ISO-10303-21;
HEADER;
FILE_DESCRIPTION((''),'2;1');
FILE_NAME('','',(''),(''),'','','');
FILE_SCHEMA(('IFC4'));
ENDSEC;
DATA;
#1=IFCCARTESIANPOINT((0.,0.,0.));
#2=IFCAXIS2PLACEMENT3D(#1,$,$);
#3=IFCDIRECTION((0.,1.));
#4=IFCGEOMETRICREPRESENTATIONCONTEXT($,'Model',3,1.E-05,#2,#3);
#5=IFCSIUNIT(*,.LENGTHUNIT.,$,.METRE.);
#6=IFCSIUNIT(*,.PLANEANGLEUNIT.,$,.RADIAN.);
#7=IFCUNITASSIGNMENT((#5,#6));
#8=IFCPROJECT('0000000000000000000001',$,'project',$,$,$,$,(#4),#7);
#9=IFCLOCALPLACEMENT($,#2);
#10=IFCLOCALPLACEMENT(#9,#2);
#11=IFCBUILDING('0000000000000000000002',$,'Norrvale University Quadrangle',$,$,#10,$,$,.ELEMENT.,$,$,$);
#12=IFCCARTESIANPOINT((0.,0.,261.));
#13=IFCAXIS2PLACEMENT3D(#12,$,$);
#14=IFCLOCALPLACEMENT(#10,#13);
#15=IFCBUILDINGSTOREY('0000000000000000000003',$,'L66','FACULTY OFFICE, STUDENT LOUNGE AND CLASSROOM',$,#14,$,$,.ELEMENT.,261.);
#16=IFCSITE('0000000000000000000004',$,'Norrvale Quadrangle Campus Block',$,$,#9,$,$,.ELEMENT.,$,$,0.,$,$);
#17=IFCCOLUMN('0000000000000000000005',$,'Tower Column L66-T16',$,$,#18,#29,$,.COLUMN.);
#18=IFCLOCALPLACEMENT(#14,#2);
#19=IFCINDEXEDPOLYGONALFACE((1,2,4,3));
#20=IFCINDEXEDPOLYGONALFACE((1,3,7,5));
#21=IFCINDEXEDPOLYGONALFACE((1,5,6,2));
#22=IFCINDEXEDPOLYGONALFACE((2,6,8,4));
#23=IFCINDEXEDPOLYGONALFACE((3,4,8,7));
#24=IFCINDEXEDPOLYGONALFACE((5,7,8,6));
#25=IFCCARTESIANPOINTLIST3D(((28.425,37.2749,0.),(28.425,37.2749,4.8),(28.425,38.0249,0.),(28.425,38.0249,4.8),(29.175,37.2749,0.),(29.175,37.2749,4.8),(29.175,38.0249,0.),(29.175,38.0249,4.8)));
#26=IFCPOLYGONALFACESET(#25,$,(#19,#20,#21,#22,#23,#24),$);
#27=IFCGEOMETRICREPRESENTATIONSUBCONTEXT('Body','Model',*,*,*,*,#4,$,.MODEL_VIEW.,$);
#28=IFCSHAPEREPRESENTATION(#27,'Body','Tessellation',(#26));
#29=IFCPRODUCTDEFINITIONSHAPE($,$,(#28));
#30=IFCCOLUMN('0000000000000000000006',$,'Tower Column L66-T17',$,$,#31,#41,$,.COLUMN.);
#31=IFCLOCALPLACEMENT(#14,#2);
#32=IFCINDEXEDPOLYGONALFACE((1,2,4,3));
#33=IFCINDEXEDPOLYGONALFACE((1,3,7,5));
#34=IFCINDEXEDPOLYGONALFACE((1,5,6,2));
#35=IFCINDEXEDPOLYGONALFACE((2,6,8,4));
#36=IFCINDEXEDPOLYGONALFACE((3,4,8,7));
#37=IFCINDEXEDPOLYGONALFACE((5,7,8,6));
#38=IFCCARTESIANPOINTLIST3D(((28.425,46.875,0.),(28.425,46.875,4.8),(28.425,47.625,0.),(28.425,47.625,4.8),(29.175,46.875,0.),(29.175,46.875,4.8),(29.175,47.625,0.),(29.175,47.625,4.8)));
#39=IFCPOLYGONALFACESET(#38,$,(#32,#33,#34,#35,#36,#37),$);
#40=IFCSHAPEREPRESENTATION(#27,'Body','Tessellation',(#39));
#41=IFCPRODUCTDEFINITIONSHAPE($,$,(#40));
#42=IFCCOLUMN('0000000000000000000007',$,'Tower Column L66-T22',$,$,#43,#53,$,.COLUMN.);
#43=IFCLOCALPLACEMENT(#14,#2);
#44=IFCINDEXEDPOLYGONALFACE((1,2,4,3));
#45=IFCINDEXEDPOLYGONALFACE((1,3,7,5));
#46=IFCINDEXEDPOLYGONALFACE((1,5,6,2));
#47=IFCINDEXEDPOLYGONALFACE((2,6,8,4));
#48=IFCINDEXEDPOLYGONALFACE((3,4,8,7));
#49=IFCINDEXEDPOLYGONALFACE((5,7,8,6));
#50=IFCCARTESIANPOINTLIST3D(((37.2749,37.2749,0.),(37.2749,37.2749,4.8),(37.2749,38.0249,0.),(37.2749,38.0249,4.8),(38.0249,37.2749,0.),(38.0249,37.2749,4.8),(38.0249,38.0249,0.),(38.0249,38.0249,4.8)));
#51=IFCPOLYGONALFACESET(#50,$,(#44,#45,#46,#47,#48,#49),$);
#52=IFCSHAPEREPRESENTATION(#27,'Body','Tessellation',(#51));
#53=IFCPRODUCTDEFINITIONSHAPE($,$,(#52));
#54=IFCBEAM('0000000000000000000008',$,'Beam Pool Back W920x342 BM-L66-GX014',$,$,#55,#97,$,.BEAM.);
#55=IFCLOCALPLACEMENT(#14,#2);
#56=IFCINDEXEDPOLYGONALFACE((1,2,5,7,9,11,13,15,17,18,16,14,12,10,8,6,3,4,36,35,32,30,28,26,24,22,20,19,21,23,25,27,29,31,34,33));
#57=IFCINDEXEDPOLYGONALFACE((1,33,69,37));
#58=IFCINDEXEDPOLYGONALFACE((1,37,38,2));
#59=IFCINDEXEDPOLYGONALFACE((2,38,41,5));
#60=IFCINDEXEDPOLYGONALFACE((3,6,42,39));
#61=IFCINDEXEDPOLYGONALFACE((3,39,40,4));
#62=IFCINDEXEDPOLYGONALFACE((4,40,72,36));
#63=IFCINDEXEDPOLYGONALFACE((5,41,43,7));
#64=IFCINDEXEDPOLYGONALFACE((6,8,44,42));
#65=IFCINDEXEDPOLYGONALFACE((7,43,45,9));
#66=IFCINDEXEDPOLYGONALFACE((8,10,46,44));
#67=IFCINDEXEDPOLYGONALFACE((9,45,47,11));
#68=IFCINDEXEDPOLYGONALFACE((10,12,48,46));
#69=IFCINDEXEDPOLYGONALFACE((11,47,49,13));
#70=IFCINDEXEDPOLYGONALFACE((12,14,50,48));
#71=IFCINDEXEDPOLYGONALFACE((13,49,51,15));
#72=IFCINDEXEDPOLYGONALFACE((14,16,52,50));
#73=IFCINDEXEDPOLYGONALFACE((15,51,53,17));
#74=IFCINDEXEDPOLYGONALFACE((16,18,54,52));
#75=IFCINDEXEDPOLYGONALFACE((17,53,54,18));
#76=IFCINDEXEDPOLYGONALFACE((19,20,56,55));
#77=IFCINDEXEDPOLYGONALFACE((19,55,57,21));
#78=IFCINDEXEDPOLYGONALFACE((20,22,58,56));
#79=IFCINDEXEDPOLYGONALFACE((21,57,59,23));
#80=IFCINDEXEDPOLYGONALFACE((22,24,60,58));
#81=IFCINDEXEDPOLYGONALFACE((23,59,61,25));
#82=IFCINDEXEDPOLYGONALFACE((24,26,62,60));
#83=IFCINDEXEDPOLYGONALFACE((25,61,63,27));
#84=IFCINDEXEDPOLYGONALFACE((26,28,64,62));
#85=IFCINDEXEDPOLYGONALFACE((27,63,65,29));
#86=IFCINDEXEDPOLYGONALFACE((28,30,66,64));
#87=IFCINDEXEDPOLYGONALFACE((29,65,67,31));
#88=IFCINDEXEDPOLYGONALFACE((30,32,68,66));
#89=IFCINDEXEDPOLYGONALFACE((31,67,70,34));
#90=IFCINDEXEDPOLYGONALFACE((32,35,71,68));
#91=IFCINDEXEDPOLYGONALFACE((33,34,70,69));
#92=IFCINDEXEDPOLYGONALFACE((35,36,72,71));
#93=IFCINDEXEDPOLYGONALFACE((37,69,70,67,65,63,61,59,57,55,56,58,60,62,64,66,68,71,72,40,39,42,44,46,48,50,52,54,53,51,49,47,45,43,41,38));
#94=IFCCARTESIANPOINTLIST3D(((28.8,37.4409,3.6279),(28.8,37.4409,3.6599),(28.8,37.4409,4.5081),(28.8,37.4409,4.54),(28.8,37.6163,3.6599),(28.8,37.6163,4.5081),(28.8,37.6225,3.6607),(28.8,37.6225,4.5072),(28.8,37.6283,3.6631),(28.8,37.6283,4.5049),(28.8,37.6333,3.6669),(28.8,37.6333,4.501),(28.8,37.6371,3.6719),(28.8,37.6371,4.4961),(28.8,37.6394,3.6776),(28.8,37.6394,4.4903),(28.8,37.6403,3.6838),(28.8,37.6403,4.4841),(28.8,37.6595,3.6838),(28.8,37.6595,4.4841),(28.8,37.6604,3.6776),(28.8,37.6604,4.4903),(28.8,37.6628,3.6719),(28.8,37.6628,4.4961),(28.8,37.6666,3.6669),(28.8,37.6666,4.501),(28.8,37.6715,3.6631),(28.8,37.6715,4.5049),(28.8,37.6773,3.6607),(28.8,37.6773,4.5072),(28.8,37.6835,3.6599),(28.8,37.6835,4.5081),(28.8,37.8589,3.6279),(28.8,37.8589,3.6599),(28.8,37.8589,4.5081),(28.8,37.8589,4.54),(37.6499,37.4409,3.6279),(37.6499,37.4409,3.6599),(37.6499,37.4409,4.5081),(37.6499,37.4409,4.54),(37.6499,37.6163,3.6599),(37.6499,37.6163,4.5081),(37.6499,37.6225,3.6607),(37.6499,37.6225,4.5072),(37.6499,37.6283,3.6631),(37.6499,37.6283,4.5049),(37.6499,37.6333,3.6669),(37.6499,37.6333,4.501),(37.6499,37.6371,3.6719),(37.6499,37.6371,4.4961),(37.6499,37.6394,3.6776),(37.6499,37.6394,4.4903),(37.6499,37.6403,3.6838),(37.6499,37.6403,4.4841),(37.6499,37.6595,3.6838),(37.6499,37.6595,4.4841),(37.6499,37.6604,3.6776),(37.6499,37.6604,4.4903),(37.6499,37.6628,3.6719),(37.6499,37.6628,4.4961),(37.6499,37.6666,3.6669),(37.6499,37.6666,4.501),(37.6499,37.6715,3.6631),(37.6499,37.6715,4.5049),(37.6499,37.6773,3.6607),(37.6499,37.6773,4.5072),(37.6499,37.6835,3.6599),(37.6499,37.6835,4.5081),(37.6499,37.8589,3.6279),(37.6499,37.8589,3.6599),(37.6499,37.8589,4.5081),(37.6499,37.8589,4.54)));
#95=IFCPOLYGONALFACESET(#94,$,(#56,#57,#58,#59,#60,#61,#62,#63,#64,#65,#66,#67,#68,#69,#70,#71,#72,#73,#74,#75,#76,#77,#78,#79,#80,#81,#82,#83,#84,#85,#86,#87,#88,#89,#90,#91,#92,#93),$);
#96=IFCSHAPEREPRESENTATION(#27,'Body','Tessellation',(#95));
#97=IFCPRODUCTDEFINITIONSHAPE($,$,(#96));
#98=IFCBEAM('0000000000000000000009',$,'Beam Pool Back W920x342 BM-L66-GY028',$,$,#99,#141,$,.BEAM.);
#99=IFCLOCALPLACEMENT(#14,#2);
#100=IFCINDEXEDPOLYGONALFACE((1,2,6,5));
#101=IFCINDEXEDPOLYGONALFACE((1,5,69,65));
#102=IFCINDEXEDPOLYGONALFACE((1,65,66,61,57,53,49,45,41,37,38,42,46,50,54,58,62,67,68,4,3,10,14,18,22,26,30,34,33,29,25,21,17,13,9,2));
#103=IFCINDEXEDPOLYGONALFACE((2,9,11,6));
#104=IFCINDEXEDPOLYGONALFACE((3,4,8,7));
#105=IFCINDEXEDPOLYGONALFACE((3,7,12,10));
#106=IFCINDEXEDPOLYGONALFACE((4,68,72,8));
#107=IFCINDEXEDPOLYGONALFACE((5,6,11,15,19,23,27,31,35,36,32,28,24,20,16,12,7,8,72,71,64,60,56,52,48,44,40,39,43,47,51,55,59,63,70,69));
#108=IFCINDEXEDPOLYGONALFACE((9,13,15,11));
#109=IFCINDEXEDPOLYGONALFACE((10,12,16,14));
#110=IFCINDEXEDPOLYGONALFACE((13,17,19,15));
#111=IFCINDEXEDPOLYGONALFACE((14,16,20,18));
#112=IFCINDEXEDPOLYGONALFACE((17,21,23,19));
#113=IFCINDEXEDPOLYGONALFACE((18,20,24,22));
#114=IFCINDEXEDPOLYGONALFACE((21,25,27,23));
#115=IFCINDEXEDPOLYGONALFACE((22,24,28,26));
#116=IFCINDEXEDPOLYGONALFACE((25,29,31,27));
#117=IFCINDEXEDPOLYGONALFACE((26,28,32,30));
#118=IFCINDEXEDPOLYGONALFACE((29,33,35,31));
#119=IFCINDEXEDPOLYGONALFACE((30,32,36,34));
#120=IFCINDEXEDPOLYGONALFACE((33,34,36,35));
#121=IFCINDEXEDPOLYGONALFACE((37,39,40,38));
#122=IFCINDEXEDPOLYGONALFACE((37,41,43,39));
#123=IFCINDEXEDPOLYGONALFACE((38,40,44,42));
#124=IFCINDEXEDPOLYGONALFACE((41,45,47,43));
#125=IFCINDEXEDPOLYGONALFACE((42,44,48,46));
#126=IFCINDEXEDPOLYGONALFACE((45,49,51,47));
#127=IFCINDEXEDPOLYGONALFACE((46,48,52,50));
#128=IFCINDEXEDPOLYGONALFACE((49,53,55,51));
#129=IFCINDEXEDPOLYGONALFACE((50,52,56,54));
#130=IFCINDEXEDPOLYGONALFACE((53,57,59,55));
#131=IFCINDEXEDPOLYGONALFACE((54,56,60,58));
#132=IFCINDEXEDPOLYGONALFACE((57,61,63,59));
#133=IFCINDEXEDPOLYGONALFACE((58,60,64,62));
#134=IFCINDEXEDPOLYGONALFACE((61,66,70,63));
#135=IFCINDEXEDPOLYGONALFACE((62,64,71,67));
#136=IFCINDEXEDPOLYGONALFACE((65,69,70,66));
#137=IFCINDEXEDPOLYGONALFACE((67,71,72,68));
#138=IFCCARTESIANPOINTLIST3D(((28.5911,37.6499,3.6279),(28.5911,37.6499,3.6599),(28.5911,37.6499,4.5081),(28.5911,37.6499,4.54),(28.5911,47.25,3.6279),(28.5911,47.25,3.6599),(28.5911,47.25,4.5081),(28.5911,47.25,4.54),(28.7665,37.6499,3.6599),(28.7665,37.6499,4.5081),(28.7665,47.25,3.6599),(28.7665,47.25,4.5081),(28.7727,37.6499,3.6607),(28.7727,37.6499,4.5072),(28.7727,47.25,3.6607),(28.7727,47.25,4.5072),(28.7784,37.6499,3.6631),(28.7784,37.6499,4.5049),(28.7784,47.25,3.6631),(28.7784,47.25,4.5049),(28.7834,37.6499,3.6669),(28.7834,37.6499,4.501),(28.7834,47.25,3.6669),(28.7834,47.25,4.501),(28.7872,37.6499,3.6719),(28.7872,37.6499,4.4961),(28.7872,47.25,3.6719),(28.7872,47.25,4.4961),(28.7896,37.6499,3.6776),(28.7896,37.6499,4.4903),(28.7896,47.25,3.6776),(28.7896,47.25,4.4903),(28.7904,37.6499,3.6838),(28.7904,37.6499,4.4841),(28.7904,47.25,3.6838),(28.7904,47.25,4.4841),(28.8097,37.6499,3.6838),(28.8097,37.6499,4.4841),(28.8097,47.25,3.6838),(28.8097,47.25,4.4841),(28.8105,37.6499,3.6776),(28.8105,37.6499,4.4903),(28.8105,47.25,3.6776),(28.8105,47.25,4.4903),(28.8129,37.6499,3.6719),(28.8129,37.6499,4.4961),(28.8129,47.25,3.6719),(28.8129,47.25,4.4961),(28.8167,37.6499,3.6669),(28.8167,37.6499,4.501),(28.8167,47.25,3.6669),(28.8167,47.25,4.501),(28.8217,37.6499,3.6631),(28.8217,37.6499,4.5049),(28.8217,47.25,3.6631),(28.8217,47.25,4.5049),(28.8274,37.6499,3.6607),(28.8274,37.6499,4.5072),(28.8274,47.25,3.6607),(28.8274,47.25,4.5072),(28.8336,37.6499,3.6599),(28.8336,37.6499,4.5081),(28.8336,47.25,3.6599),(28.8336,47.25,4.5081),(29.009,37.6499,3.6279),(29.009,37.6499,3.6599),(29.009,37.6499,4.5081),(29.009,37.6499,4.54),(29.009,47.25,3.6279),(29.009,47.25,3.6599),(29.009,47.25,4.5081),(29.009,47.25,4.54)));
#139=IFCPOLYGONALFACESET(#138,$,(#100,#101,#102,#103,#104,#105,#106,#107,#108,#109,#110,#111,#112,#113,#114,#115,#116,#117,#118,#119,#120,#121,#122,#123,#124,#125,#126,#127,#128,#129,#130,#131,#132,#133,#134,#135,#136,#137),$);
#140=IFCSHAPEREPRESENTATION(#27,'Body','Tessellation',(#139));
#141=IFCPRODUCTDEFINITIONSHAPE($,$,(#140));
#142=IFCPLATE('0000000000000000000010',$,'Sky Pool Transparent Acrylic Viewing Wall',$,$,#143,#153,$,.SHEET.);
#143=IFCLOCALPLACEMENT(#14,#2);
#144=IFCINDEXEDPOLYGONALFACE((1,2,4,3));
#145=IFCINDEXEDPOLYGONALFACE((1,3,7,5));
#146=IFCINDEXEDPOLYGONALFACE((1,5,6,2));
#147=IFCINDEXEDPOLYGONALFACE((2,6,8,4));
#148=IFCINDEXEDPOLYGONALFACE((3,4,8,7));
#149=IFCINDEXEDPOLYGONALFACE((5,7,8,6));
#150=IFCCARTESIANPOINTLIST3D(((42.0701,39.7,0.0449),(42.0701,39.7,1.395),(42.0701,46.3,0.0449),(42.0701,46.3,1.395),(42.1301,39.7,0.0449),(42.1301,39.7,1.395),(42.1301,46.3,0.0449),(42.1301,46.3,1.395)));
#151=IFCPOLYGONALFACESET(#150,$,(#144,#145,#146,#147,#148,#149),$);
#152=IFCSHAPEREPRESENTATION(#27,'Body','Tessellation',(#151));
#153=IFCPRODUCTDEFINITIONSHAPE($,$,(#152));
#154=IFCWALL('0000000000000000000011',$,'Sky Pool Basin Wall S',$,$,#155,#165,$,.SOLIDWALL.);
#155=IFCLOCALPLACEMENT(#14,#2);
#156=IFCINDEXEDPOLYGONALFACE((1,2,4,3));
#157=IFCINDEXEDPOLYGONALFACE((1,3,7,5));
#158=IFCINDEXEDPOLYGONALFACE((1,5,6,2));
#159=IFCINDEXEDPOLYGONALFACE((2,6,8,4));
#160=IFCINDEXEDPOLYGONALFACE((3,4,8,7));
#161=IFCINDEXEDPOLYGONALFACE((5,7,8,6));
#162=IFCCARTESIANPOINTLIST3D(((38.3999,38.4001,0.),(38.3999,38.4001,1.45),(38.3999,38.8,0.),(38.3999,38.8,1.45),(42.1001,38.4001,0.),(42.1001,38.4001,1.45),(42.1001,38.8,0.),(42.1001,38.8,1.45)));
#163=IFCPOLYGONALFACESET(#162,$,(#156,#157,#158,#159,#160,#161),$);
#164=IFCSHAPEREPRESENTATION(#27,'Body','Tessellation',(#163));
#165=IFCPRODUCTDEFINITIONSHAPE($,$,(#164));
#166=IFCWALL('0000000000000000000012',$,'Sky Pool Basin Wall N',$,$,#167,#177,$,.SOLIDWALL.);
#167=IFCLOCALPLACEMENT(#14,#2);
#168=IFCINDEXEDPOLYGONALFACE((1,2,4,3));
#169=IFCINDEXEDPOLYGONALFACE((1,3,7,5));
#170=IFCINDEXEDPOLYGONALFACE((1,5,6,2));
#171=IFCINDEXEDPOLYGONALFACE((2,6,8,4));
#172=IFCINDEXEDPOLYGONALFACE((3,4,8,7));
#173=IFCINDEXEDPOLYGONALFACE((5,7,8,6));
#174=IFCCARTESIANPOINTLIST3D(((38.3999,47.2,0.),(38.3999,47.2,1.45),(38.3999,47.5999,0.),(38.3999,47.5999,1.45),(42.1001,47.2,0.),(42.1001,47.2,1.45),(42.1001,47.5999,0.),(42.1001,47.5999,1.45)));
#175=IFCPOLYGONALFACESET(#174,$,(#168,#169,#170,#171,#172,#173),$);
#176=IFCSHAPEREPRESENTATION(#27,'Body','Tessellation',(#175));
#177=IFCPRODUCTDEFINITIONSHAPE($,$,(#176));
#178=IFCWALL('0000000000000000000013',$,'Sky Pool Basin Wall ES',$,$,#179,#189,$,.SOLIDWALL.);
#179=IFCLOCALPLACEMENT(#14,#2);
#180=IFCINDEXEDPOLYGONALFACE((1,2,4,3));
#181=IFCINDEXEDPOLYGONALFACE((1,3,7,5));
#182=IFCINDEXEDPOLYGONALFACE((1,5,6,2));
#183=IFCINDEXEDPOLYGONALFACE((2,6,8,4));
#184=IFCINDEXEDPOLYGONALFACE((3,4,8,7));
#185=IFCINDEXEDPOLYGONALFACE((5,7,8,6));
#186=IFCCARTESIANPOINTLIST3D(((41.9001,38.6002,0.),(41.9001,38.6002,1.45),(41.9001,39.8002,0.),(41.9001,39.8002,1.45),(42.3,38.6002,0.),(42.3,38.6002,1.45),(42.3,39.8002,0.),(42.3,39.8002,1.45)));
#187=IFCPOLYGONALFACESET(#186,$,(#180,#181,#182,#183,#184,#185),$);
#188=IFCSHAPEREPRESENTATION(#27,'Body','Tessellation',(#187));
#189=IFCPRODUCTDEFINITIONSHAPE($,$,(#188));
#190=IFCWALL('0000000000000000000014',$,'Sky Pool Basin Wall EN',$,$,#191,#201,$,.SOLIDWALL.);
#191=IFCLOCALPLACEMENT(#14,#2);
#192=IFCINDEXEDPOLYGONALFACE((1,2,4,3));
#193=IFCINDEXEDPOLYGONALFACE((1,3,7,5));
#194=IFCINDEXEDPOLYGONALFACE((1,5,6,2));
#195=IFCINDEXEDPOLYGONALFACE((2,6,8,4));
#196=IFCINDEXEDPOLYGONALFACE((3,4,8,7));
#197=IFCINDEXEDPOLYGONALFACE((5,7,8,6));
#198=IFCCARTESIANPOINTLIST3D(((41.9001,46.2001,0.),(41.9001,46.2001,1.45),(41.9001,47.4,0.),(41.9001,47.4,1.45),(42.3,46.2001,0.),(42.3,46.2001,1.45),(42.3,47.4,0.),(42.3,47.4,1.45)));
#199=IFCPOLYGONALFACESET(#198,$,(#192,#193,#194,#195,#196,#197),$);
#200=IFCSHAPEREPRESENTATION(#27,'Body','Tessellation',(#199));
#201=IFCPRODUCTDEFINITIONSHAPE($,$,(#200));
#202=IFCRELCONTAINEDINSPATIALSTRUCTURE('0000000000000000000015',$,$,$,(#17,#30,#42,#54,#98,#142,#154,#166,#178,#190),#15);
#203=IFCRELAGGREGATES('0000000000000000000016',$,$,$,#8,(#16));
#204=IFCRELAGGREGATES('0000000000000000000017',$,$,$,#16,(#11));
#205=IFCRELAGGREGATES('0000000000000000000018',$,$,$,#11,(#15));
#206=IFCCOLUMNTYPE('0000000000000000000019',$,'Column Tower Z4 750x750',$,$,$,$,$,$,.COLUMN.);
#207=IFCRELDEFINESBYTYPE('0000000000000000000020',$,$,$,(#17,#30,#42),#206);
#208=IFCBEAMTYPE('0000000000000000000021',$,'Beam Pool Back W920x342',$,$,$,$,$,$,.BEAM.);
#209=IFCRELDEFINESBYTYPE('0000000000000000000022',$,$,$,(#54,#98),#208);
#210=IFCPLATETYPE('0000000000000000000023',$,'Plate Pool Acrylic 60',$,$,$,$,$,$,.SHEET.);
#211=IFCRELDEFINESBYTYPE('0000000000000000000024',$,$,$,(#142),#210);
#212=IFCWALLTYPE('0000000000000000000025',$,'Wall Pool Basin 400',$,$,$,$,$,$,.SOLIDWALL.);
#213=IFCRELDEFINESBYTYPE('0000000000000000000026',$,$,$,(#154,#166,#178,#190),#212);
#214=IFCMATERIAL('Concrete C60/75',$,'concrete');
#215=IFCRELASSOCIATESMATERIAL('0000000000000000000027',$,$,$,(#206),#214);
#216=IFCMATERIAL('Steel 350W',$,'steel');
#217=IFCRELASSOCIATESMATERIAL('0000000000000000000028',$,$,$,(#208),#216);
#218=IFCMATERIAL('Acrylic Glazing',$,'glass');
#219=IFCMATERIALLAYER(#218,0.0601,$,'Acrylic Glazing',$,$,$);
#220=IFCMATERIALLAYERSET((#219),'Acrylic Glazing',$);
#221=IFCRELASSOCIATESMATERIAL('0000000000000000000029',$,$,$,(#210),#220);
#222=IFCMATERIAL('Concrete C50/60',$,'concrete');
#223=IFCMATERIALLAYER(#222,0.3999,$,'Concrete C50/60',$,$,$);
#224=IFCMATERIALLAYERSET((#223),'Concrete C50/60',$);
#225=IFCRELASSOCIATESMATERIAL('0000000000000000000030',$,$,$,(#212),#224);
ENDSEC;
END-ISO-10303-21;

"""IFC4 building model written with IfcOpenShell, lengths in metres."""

from ifc_helpers import new_model, si_unit, direction, frame, frame_2d, origin, origin_2d, place, context, subcontext, project, spatial, rectangle, i_section, extrude, material, layer, layer_set, material_profile, profile_set, type_object, element, save


model = new_model("IFC4")

# Units and contexts
model_context = context("Model", 3, precision=1e-05, world=origin(), true_north=direction((0.0, 1.0)))
body_context = subcontext(model_context, "Body", "Model", "MODEL_VIEW")
ifc_project = project(units=[si_unit("LENGTHUNIT", "METRE"), si_unit("PLANEANGLEUNIT", "RADIAN")], contexts=[model_context])

# Site, building, storey
site_placement = place(None, origin())
site = spatial("IfcSite", under=ifc_project, at=site_placement, Name="Norrvale Quadrangle Campus Block", CompositionType="ELEMENT", RefElevation=0.0)
building_placement = place(site_placement, origin())
building = spatial("IfcBuilding", under=site, at=building_placement, Name="Norrvale University Quadrangle", CompositionType="ELEMENT")
storey_placement = place(building_placement, frame((0.0, 0.0, 261.0)))
storey = spatial("IfcBuildingStorey", under=building, at=storey_placement, Name="L66", Description="FACULTY OFFICE, STUDENT LOUNGE AND CLASSROOM", CompositionType="ELEMENT", Elevation=261.0)

# Columns
ifc_material_1 = material(Name="Concrete C60/75", Category="concrete")
ifc_material_profile_1 = material_profile(ifc_material_1, rectangle(XDim=0.75, YDim=0.75, at=origin_2d()), Name="Concrete C60/75")
ifc_profile_set_1 = profile_set([ifc_material_profile_1], Name="Concrete C60/75")
column_type = type_object("IfcColumnType", Name="Column Tower Z4 750x750", PredefinedType="COLUMN", material=ifc_profile_set_1)
for number, where, z_axis, x_axis, name in (
    (1, (28.8, 37.6499, 0.0), (0.0, 0.0, 1.0), (1.0, 0.0, 0.0), "Tower Column L66-T16"),
    (2, (28.8, 47.25, 0.0), (0.0, 0.0, 1.0), (1.0, 0.0, 0.0), "Tower Column L66-T17"),
    (3, (37.6499, 37.6499, 0.0), (0.0, 0.0, 1.0), (1.0, 0.0, 0.0), "Tower Column L66-T22"),
):
    element("IfcColumn", number, at=place(storey_placement, frame(where, z_axis=z_axis, x_axis=x_axis)), inside=storey, type_object=column_type, Name=name, PredefinedType="COLUMN", context=body_context, shape_type="SweptSolid", body=[
        extrude(rectangle(XDim=0.75, YDim=0.75, at=origin_2d()), origin(), (0.0, 0.0, 1.0), 4.8),
    ])

# Beams
ifc_material_2 = material(Name="Steel 350W", Category="steel")
ifc_material_profile_2 = material_profile(ifc_material_2, i_section(OverallWidth=0.418, OverallDepth=0.9121, WebThickness=0.0193, FlangeThickness=0.032, FilletRadius=0.0239, at=origin_2d()), Name="Steel 350W")
ifc_profile_set_2 = profile_set([ifc_material_profile_2], Name="Steel 350W")
beam_type = type_object("IfcBeamType", Name="Beam Pool Back W920x342", PredefinedType="BEAM", material=ifc_profile_set_2)
beam_1_placement = place(storey_placement, frame((28.8, 37.6499, 4.084), z_axis=(1.0, 0.0, 0.0), x_axis=(0.0, 1.0, 0.0)))
element("IfcBeam", 4, at=beam_1_placement, inside=storey, type_object=beam_type, Name="Beam Pool Back W920x342 BM-L66-GX014", PredefinedType="BEAM", context=body_context, shape_type="SweptSolid", body=[
    extrude(i_section(OverallWidth=0.418, OverallDepth=0.9121, WebThickness=0.0193, FlangeThickness=0.032, FilletRadius=0.0239, at=origin_2d()), origin(), (0.0, 0.0, 1.0), 8.8499),
])
beam_2_placement = place(storey_placement, frame((28.8, 37.6499, 4.084), z_axis=(0.0, 1.0, 0.0), x_axis=(-1.0, 0.0, 0.0)))
element("IfcBeam", 5, at=beam_2_placement, inside=storey, type_object=beam_type, Name="Beam Pool Back W920x342 BM-L66-GY028", PredefinedType="BEAM", context=body_context, shape_type="SweptSolid", body=[
    extrude(i_section(OverallWidth=0.418, OverallDepth=0.9121, WebThickness=0.0193, FlangeThickness=0.032, FilletRadius=0.0239, at=origin_2d()), origin(), (0.0, 0.0, 1.0), 9.6001),
])

# Plate
ifc_material_3 = material(Name="Acrylic Glazing", Category="glass")
ifc_layer_1 = layer(ifc_material_3, 0.0601, Name="Acrylic Glazing")
ifc_layer_set_1 = layer_set([ifc_layer_1], Name="Acrylic Glazing")
plate_type = type_object("IfcPlateType", Name="Plate Pool Acrylic 60", PredefinedType="SHEET", material=ifc_layer_set_1)
plate_placement = place(storey_placement, frame((42.1001, 43.0, 0.0449), z_axis=(0.0, 0.0, 1.0), x_axis=(0.0, 1.0, 0.0)))
element("IfcPlate", 6, at=plate_placement, inside=storey, type_object=plate_type, Name="Sky Pool Transparent Acrylic Viewing Wall", PredefinedType="SHEET", context=body_context, shape_type="SweptSolid", body=[
    extrude(rectangle(XDim=6.6001, YDim=0.0601, at=origin_2d()), origin(), (0.0, 0.0, 1.0), 1.3501),
])

# Walls
ifc_material_4 = material(Name="Concrete C50/60", Category="concrete")
ifc_layer_2 = layer(ifc_material_4, 0.3999, Name="Concrete C50/60")
ifc_layer_set_2 = layer_set([ifc_layer_2], Name="Concrete C50/60")
wall_type_1 = type_object("IfcWallType", Name="Wall Pool Basin 400", PredefinedType="SOLIDWALL", material=ifc_layer_set_2)
for number, where, z_axis, x_axis, name in (
    (7, (38.3999, 38.6001, 0.0), (0.0, 0.0, 1.0), (1.0, 0.0, 0.0), "Sky Pool Basin Wall S"),
    (8, (38.3999, 47.3999, 0.0), (0.0, 0.0, 1.0), (1.0, 0.0, 0.0), "Sky Pool Basin Wall N"),
):
    element("IfcWall", number, at=place(storey_placement, frame(where, z_axis=z_axis, x_axis=x_axis)), inside=storey, type_object=wall_type_1, Name=name, PredefinedType="SOLIDWALL", context=body_context, shape_type="SweptSolid", body=[
        extrude(rectangle(XDim=3.7002, YDim=0.3999, at=frame_2d((1.8501, 0.0))), origin(), (0.0, 0.0, 1.0), 1.45),
    ])
for number, where, z_axis, x_axis, name in (
    (9, (42.1001, 38.6001, 0.0), (0.0, 0.0, 1.0), (0.0, 1.0, 0.0), "Sky Pool Basin Wall ES"),
    (10, (42.1001, 46.2, 0.0), (0.0, 0.0, 1.0), (0.0, 1.0, 0.0), "Sky Pool Basin Wall EN"),
):
    element("IfcWall", number, at=place(storey_placement, frame(where, z_axis=z_axis, x_axis=x_axis)), inside=storey, type_object=wall_type_1, Name=name, PredefinedType="SOLIDWALL", context=body_context, shape_type="SweptSolid", body=[
        extrude(rectangle(XDim=1.2, YDim=0.3999, at=frame_2d((0.6001, 0.0))), origin(), (0.0, 0.0, 1.0), 1.45),
    ])

save(model, "model.ifc")
